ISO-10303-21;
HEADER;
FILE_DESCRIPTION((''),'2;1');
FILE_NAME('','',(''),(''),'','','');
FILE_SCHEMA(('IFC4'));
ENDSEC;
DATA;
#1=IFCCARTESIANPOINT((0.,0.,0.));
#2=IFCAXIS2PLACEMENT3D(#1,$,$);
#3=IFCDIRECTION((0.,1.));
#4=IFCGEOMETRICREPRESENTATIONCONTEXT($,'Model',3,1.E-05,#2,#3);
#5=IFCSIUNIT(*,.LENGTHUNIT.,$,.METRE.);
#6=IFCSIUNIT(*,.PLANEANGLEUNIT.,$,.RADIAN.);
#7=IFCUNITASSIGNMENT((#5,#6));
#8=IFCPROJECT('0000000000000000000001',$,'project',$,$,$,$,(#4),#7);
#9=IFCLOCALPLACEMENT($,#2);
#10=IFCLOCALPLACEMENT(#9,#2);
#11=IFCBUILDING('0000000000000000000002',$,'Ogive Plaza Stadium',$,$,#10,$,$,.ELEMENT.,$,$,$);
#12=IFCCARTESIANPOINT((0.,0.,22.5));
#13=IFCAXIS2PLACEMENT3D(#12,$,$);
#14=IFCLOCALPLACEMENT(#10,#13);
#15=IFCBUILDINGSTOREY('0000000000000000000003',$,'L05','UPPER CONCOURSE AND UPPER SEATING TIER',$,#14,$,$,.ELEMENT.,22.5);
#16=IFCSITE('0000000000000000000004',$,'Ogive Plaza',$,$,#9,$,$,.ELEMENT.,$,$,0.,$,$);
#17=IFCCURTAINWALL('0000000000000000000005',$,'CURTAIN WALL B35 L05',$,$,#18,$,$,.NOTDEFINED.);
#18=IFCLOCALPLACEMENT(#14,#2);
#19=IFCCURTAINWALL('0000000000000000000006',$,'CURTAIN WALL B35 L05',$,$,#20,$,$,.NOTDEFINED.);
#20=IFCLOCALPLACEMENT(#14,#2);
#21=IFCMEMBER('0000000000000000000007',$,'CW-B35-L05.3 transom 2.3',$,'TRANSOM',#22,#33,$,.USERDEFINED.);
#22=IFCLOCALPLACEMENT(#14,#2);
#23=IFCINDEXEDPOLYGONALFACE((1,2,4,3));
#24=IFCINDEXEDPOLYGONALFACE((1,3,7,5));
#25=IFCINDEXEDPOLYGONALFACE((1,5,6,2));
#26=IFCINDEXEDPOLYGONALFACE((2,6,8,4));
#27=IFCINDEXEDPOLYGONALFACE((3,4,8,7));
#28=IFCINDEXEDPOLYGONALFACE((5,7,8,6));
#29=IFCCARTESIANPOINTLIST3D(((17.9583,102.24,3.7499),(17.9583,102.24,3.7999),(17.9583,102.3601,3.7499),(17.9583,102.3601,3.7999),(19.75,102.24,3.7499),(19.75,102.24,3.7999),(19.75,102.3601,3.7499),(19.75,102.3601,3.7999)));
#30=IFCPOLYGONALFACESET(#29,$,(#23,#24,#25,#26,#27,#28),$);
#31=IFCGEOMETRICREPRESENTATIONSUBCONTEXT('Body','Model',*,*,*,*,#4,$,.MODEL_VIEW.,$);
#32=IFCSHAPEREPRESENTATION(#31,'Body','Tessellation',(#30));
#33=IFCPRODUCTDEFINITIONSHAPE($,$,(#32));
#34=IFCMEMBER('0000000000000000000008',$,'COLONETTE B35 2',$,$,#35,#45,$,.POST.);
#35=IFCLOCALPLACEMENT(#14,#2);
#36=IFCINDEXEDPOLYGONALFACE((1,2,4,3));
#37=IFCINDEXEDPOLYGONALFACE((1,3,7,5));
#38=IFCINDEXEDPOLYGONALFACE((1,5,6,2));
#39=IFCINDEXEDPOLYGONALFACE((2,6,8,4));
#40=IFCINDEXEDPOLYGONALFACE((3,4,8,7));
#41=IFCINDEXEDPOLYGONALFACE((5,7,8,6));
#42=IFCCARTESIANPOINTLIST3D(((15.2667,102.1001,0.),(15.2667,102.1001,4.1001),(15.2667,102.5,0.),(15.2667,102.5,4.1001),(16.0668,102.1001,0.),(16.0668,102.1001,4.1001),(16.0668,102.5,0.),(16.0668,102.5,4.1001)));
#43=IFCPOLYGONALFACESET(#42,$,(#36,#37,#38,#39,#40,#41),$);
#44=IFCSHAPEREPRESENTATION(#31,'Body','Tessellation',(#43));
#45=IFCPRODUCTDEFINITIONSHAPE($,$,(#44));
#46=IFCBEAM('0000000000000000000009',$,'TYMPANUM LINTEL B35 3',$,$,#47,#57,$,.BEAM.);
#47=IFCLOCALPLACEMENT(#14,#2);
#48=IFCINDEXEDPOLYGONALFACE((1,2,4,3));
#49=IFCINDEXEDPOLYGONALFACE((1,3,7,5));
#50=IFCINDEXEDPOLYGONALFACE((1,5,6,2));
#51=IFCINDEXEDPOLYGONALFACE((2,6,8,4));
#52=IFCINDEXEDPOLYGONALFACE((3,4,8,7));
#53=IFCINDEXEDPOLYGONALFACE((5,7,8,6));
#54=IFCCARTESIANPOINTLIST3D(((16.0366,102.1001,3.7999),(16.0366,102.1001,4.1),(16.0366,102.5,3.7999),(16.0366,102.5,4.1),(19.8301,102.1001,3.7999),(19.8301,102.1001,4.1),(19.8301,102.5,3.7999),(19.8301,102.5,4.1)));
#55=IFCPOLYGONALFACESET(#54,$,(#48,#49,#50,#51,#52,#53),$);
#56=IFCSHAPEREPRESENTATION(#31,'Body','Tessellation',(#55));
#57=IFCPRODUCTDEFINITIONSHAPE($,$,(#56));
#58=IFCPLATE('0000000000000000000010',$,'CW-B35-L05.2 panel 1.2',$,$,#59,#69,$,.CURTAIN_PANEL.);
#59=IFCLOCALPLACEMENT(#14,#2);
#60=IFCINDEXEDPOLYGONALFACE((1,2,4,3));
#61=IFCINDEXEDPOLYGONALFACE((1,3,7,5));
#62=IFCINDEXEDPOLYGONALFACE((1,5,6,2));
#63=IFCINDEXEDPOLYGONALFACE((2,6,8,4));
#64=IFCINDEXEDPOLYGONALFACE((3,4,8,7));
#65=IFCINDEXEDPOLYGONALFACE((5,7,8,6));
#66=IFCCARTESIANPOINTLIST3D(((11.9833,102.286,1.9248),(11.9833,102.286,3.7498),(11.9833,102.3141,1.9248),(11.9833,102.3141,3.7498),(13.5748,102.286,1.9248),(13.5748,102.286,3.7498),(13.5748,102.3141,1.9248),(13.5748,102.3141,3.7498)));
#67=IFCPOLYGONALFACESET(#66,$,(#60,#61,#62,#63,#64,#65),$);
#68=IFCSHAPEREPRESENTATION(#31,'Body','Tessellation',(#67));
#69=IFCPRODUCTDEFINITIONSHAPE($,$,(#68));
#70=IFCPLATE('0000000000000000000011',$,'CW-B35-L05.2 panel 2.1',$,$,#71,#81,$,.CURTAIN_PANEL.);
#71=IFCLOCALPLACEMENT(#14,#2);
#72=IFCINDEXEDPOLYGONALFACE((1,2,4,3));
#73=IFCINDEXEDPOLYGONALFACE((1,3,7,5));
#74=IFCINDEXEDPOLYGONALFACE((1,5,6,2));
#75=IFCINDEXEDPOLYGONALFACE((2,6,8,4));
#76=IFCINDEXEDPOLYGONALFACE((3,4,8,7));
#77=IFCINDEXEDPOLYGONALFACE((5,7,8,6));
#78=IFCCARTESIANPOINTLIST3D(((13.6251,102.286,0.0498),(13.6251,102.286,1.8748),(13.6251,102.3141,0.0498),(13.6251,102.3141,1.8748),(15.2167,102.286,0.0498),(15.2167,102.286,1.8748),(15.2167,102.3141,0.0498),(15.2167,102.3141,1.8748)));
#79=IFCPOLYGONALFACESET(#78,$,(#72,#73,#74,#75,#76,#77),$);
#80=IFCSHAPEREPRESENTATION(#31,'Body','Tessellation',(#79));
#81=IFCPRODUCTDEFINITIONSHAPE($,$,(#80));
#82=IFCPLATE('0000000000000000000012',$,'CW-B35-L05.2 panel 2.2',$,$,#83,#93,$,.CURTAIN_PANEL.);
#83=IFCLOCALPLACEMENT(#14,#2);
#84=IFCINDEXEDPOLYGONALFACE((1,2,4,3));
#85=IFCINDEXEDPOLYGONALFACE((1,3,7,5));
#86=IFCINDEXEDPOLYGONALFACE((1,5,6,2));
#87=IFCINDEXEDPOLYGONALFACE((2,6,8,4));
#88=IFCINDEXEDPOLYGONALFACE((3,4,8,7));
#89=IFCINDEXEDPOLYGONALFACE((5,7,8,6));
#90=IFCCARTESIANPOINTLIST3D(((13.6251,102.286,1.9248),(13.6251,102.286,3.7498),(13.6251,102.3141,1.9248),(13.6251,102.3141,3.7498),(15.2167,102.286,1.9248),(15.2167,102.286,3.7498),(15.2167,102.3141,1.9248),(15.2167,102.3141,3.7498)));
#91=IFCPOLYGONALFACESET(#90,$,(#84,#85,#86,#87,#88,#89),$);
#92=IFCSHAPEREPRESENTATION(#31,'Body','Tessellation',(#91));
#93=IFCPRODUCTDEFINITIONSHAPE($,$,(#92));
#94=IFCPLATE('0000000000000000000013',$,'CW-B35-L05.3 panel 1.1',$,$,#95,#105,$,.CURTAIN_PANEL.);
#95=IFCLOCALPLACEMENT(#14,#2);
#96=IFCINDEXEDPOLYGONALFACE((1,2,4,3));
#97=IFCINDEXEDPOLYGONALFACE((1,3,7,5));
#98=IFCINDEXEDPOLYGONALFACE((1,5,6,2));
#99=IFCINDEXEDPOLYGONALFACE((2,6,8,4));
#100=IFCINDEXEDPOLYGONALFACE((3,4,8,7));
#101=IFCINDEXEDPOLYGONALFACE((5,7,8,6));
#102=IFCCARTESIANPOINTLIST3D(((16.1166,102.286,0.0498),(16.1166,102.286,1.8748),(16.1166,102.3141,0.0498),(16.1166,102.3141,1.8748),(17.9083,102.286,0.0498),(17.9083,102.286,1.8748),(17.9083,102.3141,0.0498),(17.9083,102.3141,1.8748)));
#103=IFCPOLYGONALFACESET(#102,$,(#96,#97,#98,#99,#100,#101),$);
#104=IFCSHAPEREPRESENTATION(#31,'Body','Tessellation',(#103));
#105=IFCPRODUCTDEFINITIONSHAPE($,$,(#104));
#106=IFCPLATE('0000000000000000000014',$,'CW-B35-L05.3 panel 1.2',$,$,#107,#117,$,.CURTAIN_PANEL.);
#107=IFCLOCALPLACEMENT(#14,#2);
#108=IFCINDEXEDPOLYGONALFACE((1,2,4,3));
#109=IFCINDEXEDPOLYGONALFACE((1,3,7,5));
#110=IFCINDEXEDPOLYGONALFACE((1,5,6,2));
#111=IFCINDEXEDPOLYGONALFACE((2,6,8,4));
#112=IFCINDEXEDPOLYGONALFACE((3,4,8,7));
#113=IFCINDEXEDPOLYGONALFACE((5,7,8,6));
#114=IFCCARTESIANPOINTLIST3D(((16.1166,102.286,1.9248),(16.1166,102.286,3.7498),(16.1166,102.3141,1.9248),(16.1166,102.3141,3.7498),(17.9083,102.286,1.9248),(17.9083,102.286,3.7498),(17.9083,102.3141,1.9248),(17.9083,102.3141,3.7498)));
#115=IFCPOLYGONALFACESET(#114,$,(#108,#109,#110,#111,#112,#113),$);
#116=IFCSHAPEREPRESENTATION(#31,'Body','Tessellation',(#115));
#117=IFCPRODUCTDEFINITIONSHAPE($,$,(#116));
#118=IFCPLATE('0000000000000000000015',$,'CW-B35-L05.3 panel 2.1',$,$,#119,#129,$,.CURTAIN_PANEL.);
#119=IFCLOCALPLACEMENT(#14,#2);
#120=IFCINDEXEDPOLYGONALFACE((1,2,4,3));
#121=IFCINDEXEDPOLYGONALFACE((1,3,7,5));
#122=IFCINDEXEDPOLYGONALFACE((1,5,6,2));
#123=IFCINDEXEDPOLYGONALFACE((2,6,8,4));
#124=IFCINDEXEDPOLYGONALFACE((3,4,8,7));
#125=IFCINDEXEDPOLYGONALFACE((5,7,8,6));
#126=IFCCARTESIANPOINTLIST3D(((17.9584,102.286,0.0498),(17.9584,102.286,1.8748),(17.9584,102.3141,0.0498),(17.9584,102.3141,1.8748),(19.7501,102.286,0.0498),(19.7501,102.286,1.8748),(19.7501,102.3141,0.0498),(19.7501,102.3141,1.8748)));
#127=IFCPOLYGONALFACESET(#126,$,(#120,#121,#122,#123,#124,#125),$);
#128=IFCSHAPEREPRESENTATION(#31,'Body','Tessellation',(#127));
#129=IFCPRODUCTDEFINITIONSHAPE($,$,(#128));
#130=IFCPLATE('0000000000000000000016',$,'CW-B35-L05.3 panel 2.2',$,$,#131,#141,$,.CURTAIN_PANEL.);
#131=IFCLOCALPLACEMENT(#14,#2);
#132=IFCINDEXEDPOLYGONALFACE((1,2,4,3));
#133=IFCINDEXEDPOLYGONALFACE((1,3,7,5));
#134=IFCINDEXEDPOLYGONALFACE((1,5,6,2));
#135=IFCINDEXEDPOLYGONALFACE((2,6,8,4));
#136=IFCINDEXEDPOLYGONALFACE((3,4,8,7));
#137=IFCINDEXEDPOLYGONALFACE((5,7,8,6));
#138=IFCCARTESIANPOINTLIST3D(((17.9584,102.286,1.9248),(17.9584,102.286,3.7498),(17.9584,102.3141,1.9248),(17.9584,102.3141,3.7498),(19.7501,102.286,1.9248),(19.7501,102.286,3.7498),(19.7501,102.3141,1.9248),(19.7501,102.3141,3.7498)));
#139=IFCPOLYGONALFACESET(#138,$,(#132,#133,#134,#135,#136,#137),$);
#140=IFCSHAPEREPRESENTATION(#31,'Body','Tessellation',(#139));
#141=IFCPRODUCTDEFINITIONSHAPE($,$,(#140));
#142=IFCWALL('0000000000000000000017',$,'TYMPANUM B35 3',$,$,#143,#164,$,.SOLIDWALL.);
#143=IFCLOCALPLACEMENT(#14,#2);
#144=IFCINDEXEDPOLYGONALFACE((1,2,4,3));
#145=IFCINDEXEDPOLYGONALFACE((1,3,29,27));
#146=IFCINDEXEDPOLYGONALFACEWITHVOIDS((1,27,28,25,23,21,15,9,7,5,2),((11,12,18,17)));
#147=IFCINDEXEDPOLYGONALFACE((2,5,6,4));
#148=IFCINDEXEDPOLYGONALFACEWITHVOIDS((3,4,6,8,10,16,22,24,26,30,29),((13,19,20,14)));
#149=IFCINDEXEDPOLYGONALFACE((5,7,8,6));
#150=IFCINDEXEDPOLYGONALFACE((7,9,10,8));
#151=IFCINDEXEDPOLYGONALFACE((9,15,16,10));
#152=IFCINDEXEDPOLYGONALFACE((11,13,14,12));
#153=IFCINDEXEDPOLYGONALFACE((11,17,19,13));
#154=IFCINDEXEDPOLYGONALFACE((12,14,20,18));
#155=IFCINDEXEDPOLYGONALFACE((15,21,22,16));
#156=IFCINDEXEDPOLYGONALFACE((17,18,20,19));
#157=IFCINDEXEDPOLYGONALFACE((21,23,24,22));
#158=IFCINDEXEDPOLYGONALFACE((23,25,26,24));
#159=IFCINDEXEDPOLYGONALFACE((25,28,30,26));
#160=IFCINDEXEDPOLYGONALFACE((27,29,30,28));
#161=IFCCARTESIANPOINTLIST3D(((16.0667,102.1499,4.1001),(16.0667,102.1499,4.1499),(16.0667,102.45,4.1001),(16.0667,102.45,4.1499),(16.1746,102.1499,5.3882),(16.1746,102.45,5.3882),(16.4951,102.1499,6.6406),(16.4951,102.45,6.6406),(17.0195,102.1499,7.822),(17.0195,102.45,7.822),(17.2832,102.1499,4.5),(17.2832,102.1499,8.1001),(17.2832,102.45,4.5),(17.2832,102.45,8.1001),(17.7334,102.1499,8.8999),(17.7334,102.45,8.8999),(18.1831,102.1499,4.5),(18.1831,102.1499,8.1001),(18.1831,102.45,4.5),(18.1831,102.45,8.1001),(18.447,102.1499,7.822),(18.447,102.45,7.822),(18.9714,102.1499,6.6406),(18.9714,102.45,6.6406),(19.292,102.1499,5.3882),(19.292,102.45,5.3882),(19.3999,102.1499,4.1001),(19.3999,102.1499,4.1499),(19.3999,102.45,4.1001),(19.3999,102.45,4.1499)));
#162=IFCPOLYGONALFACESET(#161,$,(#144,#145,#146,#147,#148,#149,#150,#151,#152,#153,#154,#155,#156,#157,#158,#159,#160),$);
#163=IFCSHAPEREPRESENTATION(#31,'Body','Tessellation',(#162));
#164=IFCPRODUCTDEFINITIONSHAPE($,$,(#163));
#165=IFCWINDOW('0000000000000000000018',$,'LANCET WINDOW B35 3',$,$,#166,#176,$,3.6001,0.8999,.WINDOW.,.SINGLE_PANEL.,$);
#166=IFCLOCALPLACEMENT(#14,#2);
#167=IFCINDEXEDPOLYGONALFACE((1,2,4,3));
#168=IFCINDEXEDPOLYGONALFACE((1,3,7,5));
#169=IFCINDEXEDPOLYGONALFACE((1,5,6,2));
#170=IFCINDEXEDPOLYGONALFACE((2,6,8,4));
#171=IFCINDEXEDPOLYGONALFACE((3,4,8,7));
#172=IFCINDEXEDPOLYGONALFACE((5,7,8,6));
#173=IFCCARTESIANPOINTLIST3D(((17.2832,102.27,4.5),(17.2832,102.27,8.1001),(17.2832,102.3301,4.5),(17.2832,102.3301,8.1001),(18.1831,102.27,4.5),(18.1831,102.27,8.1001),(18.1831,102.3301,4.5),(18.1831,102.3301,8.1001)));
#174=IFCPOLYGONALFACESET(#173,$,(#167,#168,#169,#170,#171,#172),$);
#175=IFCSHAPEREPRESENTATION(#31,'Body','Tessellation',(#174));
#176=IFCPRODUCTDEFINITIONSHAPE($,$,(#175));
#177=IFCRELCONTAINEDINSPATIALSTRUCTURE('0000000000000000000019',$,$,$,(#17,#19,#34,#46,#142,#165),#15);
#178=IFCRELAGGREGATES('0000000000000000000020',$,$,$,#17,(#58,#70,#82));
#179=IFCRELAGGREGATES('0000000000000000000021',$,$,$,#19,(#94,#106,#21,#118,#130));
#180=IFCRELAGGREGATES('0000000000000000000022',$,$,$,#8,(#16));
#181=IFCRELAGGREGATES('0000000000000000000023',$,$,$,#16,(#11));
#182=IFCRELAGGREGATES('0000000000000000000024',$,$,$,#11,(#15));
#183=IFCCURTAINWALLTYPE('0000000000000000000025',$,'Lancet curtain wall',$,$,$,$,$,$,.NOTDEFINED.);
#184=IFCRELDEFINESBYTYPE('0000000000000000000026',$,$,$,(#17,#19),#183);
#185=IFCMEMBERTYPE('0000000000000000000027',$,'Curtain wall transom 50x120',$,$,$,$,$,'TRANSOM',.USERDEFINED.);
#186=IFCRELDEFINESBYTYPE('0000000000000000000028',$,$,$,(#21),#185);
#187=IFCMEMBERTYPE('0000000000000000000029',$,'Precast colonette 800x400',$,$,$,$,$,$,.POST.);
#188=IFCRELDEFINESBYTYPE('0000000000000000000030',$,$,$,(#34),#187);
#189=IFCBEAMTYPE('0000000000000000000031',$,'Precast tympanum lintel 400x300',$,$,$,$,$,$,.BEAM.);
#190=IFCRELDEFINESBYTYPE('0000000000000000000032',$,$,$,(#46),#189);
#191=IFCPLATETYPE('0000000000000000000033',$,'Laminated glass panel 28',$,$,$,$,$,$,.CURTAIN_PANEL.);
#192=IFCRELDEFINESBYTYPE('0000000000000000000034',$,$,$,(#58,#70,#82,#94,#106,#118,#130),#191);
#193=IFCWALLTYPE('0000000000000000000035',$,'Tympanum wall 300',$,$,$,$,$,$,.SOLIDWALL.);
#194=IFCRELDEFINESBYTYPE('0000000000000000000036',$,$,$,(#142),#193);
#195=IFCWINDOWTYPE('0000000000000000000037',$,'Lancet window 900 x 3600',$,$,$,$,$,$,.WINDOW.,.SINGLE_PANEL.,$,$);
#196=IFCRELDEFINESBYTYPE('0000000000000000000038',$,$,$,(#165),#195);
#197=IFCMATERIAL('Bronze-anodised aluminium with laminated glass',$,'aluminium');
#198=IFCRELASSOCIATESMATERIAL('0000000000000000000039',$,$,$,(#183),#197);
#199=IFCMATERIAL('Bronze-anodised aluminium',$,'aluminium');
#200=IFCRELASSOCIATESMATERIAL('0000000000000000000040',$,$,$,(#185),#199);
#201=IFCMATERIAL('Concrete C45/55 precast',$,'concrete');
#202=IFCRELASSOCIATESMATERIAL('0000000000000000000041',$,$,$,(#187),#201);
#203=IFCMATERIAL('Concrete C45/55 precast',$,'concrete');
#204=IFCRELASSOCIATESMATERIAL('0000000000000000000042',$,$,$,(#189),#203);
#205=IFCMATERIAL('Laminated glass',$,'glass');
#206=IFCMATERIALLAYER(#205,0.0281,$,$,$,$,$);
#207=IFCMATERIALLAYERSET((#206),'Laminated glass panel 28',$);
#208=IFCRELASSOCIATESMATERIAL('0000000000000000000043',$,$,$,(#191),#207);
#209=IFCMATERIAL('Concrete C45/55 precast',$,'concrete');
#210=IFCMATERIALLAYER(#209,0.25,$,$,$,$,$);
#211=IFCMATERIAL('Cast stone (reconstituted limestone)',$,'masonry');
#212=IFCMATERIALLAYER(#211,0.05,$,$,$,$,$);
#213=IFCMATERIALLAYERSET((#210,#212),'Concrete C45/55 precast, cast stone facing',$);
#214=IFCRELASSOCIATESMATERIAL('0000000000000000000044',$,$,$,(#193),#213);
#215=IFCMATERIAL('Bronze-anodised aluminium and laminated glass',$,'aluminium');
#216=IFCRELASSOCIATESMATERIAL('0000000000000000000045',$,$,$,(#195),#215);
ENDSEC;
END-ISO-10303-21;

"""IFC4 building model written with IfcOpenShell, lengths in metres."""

from ifc_helpers import new_model, si_unit, direction, frame, frame_2d, origin, origin_2d, place, context, subcontext, project, spatial, polyline, rectangle, outline, extrude, material, layer, layer_set, material_profile, profile_set, type_object, element, fill, aggregate, save


model = new_model("IFC4")

# Units and contexts
model_context = context("Model", 3, precision=1e-05, world=origin(), true_north=direction((0.0, 1.0)))
body_context = subcontext(model_context, "Body", "Model", "MODEL_VIEW")
ifc_project = project(units=[si_unit("LENGTHUNIT", "METRE"), si_unit("PLANEANGLEUNIT", "RADIAN")], contexts=[model_context])

# Site, building, storey
site_placement = place(None, origin())
site = spatial("IfcSite", under=ifc_project, at=site_placement, Name="Ogive Plaza", CompositionType="ELEMENT", RefElevation=0.0)
building_placement = place(site_placement, origin())
building = spatial("IfcBuilding", under=site, at=building_placement, Name="Ogive Plaza Stadium", CompositionType="ELEMENT")
storey_placement = place(building_placement, frame((0.0, 0.0, 22.5)))
storey = spatial("IfcBuildingStorey", under=building, at=storey_placement, Name="L05", Description="UPPER CONCOURSE AND UPPER SEATING TIER", CompositionType="ELEMENT", Elevation=22.5)

# Curtain walls
ifc_material_1 = material(Name="Bronze-anodised aluminium with laminated glass", Category="aluminium")
curtain_wall_type = type_object("IfcCurtainWallType", Name="Lancet curtain wall", PredefinedType="NOTDEFINED", material=ifc_material_1)
curtain_wall_1_placement = place(storey_placement, origin())
curtain_wall_1 = element("IfcCurtainWall", 1, at=curtain_wall_1_placement, inside=storey, type_object=curtain_wall_type, Name="CURTAIN WALL B35 L05", PredefinedType="NOTDEFINED")
curtain_wall_2_placement = place(storey_placement, origin())
curtain_wall_2 = element("IfcCurtainWall", 2, at=curtain_wall_2_placement, inside=storey, type_object=curtain_wall_type, Name="CURTAIN WALL B35 L05", PredefinedType="NOTDEFINED")

# Members
ifc_material_2 = material(Name="Bronze-anodised aluminium", Category="aluminium")
ifc_material_profile_1 = material_profile(ifc_material_2, rectangle(XDim=0.1201, YDim=0.05, at=origin_2d()), Name="AL 120x50")
ifc_profile_set_1 = profile_set([ifc_material_profile_1], Name="Bronze-anodised aluminium")
member_type_1 = type_object("IfcMemberType", Name="Curtain wall transom 50x120", ElementType="TRANSOM", PredefinedType="USERDEFINED", material=ifc_profile_set_1)
member_1_placement = place(storey_placement, frame((17.9583, 102.3, 3.7749), z_axis=(1.0, 0.0, 0.0), x_axis=(0.0, 1.0, 0.0)))
member_1 = element("IfcMember", 3, at=member_1_placement, type_object=member_type_1, Name="CW-B35-L05.3 transom 2.3", ObjectType="TRANSOM", PredefinedType="USERDEFINED", context=body_context, shape_type="SweptSolid", body=[
    extrude(rectangle(XDim=0.1201, YDim=0.05, at=origin_2d()), origin(), (0.0, 0.0, 1.0), 1.7917),
])
ifc_material_3 = material(Name="Concrete C45/55 precast", Category="concrete")
ifc_material_profile_2 = material_profile(ifc_material_3, rectangle(XDim=0.3999, YDim=0.8, at=origin_2d()), Name="RC 400x800")
ifc_profile_set_2 = profile_set([ifc_material_profile_2], Name="Concrete C45/55 precast")
member_type_2 = type_object("IfcMemberType", Name="Precast colonette 800x400", PredefinedType="POST", material=ifc_profile_set_2)
member_2_placement = place(storey_placement, frame((15.6667, 102.3, 0.0), z_axis=(0.0, 0.0, 1.0), x_axis=(0.0, 1.0, 0.0)))
element("IfcMember", 4, at=member_2_placement, inside=storey, type_object=member_type_2, Name="COLONETTE B35 2", PredefinedType="POST", context=body_context, shape_type="SweptSolid", body=[
    extrude(rectangle(XDim=0.3999, YDim=0.8, at=origin_2d()), origin(), (0.0, 0.0, 1.0), 4.1001),
])

# Beam
ifc_material_4 = material(Name="Concrete C45/55 precast", Category="concrete")
ifc_material_profile_3 = material_profile(ifc_material_4, rectangle(XDim=0.3999, YDim=0.3, at=origin_2d()), Name="RC 400x300")
ifc_profile_set_3 = profile_set([ifc_material_profile_3], Name="Concrete C45/55 precast")
beam_type = type_object("IfcBeamType", Name="Precast tympanum lintel 400x300", PredefinedType="BEAM", material=ifc_profile_set_3)
beam_placement = place(storey_placement, frame((16.0366, 102.3, 3.95), z_axis=(1.0, 0.0, 0.0), x_axis=(0.0, 1.0, 0.0)))
element("IfcBeam", 5, at=beam_placement, inside=storey, type_object=beam_type, Name="TYMPANUM LINTEL B35 3", PredefinedType="BEAM", context=body_context, shape_type="SweptSolid", body=[
    extrude(rectangle(XDim=0.3999, YDim=0.3, at=origin_2d()), origin(), (0.0, 0.0, 1.0), 3.7935),
])

# Plates
ifc_material_5 = material(Name="Laminated glass", Category="glass")
ifc_layer_1 = layer(ifc_material_5, 0.0281)
ifc_layer_set_1 = layer_set([ifc_layer_1], Name="Laminated glass panel 28")
plate_type = type_object("IfcPlateType", Name="Laminated glass panel 28", PredefinedType="CURTAIN_PANEL", material=ifc_layer_set_1)
plate_1_placement = place(storey_placement, frame((12.7791, 102.3, 1.9248), z_axis=(0.0, 0.0, 1.0), x_axis=(1.0, 0.0, 0.0)))
plate_1 = element("IfcPlate", 6, at=plate_1_placement, type_object=plate_type, Name="CW-B35-L05.2 panel 1.2", PredefinedType="CURTAIN_PANEL", context=body_context, shape_type="SweptSolid", body=[
    extrude(rectangle(XDim=1.5916, YDim=0.0281, at=origin_2d()), origin(), (0.0, 0.0, 1.0), 1.825),
])
plate_2_placement = place(storey_placement, frame((14.4209, 102.3, 0.0498), z_axis=(0.0, 0.0, 1.0), x_axis=(1.0, 0.0, 0.0)))
plate_2 = element("IfcPlate", 7, at=plate_2_placement, type_object=plate_type, Name="CW-B35-L05.2 panel 2.1", PredefinedType="CURTAIN_PANEL", context=body_context, shape_type="SweptSolid", body=[
    extrude(rectangle(XDim=1.5916, YDim=0.0281, at=origin_2d()), origin(), (0.0, 0.0, 1.0), 1.825),
])
plate_3_placement = place(storey_placement, frame((14.4209, 102.3, 1.9248), z_axis=(0.0, 0.0, 1.0), x_axis=(1.0, 0.0, 0.0)))
plate_3 = element("IfcPlate", 8, at=plate_3_placement, type_object=plate_type, Name="CW-B35-L05.2 panel 2.2", PredefinedType="CURTAIN_PANEL", context=body_context, shape_type="SweptSolid", body=[
    extrude(rectangle(XDim=1.5916, YDim=0.0281, at=origin_2d()), origin(), (0.0, 0.0, 1.0), 1.825),
])
aggregate(curtain_wall_1, [plate_1, plate_2, plate_3])
plate_4_placement = place(storey_placement, frame((17.0125, 102.3, 0.0498), z_axis=(0.0, 0.0, 1.0), x_axis=(1.0, 0.0, 0.0)))
plate_4 = element("IfcPlate", 9, at=plate_4_placement, type_object=plate_type, Name="CW-B35-L05.3 panel 1.1", PredefinedType="CURTAIN_PANEL", context=body_context, shape_type="SweptSolid", body=[
    extrude(rectangle(XDim=1.7917, YDim=0.0281, at=origin_2d()), origin(), (0.0, 0.0, 1.0), 1.825),
])
plate_5_placement = place(storey_placement, frame((17.0125, 102.3, 1.9248), z_axis=(0.0, 0.0, 1.0), x_axis=(1.0, 0.0, 0.0)))
plate_5 = element("IfcPlate", 10, at=plate_5_placement, type_object=plate_type, Name="CW-B35-L05.3 panel 1.2", PredefinedType="CURTAIN_PANEL", context=body_context, shape_type="SweptSolid", body=[
    extrude(rectangle(XDim=1.7917, YDim=0.0281, at=origin_2d()), origin(), (0.0, 0.0, 1.0), 1.825),
])
plate_6_placement = place(storey_placement, frame((18.8542, 102.3, 0.0498), z_axis=(0.0, 0.0, 1.0), x_axis=(1.0, 0.0, 0.0)))
plate_6 = element("IfcPlate", 11, at=plate_6_placement, type_object=plate_type, Name="CW-B35-L05.3 panel 2.1", PredefinedType="CURTAIN_PANEL", context=body_context, shape_type="SweptSolid", body=[
    extrude(rectangle(XDim=1.7917, YDim=0.0281, at=origin_2d()), origin(), (0.0, 0.0, 1.0), 1.825),
])
plate_7_placement = place(storey_placement, frame((18.8542, 102.3, 1.9248), z_axis=(0.0, 0.0, 1.0), x_axis=(1.0, 0.0, 0.0)))
plate_7 = element("IfcPlate", 12, at=plate_7_placement, type_object=plate_type, Name="CW-B35-L05.3 panel 2.2", PredefinedType="CURTAIN_PANEL", context=body_context, shape_type="SweptSolid", body=[
    extrude(rectangle(XDim=1.7917, YDim=0.0281, at=origin_2d()), origin(), (0.0, 0.0, 1.0), 1.825),
])
aggregate(curtain_wall_2, [plate_4, plate_5, member_1, plate_6, plate_7])

# Wall, opening, window
ifc_material_6 = material(Name="Concrete C45/55 precast", Category="concrete")
ifc_layer_2 = layer(ifc_material_6, 0.25)
ifc_material_7 = material(Name="Cast stone (reconstituted limestone)", Category="masonry")
ifc_layer_3 = layer(ifc_material_7, 0.05)
ifc_layer_set_2 = layer_set([ifc_layer_2, ifc_layer_3], Name="Concrete C45/55 precast, cast stone facing")
wall_type = type_object("IfcWallType", Name="Tympanum wall 300", PredefinedType="SOLIDWALL", material=ifc_layer_set_2)
wall_placement = place(storey_placement, frame((16.0667, 102.3, 4.1001), z_axis=(0.0, 0.0, 1.0), x_axis=(1.0, 0.0, 0.0)))
wall = element("IfcWall", 13, at=wall_placement, inside=storey, type_object=wall_type, Name="TYMPANUM B35 3", PredefinedType="SOLIDWALL", context=body_context, shape_type="SweptSolid", body=[
    extrude(outline(polyline([(0.0, 0.0), (3.3333, 0.0), (3.3333, 0.0498), (3.2253, 1.2881), (2.9048, 2.5405), (2.3804, 3.7219), (1.6667, 4.7998), (0.9529, 3.7219), (0.4285, 2.5405), (0.1079, 1.2881), (0.0, 0.0498), (0.0, 0.0)])), frame((0.0, 0.1499, 0.0), z_axis=(0.0, -1.0, 0.0), x_axis=(1.0, 0.0, 0.0)), (0.0, 0.0, 1.0), 0.3),
])
opening_placement = place(wall_placement, frame((1.2166, 0.0, 0.3999)))
opening = element("IfcOpeningElement", 14, at=opening_placement, cuts=wall, PredefinedType="OPENING", context=body_context, shape_type="SweptSolid", body=[
    extrude(rectangle(XDim=0.8999, YDim=3.6001, at=frame_2d((0.45, 1.8))), frame((0.0, 0.1602, 0.0), z_axis=(0.0, -1.0, 0.0), x_axis=(1.0, 0.0, 0.0)), (0.0, 0.0, 1.0), 0.3201),
])
ifc_material_8 = material(Name="Bronze-anodised aluminium and laminated glass", Category="aluminium")
window_type = type_object("IfcWindowType", Name="Lancet window 900 x 3600", PartitioningType="SINGLE_PANEL", PredefinedType="WINDOW", material=ifc_material_8)
window_placement = place(opening_placement, origin())
window = element("IfcWindow", 15, at=window_placement, inside=storey, type_object=window_type, Name="LANCET WINDOW B35 3", OverallHeight=3.6001, OverallWidth=0.8999, PartitioningType="SINGLE_PANEL", PredefinedType="WINDOW", context=body_context, shape_type="SweptSolid", body=[
    extrude(rectangle(XDim=0.8999, YDim=3.6001, at=frame_2d((0.45, 1.8))), frame((0.0, 0.03, 0.0), z_axis=(0.0, -1.0, 0.0), x_axis=(1.0, 0.0, 0.0)), (0.0, 0.0, 1.0), 0.0601),
])
fill(opening, window)

save(model, "model.ifc")
